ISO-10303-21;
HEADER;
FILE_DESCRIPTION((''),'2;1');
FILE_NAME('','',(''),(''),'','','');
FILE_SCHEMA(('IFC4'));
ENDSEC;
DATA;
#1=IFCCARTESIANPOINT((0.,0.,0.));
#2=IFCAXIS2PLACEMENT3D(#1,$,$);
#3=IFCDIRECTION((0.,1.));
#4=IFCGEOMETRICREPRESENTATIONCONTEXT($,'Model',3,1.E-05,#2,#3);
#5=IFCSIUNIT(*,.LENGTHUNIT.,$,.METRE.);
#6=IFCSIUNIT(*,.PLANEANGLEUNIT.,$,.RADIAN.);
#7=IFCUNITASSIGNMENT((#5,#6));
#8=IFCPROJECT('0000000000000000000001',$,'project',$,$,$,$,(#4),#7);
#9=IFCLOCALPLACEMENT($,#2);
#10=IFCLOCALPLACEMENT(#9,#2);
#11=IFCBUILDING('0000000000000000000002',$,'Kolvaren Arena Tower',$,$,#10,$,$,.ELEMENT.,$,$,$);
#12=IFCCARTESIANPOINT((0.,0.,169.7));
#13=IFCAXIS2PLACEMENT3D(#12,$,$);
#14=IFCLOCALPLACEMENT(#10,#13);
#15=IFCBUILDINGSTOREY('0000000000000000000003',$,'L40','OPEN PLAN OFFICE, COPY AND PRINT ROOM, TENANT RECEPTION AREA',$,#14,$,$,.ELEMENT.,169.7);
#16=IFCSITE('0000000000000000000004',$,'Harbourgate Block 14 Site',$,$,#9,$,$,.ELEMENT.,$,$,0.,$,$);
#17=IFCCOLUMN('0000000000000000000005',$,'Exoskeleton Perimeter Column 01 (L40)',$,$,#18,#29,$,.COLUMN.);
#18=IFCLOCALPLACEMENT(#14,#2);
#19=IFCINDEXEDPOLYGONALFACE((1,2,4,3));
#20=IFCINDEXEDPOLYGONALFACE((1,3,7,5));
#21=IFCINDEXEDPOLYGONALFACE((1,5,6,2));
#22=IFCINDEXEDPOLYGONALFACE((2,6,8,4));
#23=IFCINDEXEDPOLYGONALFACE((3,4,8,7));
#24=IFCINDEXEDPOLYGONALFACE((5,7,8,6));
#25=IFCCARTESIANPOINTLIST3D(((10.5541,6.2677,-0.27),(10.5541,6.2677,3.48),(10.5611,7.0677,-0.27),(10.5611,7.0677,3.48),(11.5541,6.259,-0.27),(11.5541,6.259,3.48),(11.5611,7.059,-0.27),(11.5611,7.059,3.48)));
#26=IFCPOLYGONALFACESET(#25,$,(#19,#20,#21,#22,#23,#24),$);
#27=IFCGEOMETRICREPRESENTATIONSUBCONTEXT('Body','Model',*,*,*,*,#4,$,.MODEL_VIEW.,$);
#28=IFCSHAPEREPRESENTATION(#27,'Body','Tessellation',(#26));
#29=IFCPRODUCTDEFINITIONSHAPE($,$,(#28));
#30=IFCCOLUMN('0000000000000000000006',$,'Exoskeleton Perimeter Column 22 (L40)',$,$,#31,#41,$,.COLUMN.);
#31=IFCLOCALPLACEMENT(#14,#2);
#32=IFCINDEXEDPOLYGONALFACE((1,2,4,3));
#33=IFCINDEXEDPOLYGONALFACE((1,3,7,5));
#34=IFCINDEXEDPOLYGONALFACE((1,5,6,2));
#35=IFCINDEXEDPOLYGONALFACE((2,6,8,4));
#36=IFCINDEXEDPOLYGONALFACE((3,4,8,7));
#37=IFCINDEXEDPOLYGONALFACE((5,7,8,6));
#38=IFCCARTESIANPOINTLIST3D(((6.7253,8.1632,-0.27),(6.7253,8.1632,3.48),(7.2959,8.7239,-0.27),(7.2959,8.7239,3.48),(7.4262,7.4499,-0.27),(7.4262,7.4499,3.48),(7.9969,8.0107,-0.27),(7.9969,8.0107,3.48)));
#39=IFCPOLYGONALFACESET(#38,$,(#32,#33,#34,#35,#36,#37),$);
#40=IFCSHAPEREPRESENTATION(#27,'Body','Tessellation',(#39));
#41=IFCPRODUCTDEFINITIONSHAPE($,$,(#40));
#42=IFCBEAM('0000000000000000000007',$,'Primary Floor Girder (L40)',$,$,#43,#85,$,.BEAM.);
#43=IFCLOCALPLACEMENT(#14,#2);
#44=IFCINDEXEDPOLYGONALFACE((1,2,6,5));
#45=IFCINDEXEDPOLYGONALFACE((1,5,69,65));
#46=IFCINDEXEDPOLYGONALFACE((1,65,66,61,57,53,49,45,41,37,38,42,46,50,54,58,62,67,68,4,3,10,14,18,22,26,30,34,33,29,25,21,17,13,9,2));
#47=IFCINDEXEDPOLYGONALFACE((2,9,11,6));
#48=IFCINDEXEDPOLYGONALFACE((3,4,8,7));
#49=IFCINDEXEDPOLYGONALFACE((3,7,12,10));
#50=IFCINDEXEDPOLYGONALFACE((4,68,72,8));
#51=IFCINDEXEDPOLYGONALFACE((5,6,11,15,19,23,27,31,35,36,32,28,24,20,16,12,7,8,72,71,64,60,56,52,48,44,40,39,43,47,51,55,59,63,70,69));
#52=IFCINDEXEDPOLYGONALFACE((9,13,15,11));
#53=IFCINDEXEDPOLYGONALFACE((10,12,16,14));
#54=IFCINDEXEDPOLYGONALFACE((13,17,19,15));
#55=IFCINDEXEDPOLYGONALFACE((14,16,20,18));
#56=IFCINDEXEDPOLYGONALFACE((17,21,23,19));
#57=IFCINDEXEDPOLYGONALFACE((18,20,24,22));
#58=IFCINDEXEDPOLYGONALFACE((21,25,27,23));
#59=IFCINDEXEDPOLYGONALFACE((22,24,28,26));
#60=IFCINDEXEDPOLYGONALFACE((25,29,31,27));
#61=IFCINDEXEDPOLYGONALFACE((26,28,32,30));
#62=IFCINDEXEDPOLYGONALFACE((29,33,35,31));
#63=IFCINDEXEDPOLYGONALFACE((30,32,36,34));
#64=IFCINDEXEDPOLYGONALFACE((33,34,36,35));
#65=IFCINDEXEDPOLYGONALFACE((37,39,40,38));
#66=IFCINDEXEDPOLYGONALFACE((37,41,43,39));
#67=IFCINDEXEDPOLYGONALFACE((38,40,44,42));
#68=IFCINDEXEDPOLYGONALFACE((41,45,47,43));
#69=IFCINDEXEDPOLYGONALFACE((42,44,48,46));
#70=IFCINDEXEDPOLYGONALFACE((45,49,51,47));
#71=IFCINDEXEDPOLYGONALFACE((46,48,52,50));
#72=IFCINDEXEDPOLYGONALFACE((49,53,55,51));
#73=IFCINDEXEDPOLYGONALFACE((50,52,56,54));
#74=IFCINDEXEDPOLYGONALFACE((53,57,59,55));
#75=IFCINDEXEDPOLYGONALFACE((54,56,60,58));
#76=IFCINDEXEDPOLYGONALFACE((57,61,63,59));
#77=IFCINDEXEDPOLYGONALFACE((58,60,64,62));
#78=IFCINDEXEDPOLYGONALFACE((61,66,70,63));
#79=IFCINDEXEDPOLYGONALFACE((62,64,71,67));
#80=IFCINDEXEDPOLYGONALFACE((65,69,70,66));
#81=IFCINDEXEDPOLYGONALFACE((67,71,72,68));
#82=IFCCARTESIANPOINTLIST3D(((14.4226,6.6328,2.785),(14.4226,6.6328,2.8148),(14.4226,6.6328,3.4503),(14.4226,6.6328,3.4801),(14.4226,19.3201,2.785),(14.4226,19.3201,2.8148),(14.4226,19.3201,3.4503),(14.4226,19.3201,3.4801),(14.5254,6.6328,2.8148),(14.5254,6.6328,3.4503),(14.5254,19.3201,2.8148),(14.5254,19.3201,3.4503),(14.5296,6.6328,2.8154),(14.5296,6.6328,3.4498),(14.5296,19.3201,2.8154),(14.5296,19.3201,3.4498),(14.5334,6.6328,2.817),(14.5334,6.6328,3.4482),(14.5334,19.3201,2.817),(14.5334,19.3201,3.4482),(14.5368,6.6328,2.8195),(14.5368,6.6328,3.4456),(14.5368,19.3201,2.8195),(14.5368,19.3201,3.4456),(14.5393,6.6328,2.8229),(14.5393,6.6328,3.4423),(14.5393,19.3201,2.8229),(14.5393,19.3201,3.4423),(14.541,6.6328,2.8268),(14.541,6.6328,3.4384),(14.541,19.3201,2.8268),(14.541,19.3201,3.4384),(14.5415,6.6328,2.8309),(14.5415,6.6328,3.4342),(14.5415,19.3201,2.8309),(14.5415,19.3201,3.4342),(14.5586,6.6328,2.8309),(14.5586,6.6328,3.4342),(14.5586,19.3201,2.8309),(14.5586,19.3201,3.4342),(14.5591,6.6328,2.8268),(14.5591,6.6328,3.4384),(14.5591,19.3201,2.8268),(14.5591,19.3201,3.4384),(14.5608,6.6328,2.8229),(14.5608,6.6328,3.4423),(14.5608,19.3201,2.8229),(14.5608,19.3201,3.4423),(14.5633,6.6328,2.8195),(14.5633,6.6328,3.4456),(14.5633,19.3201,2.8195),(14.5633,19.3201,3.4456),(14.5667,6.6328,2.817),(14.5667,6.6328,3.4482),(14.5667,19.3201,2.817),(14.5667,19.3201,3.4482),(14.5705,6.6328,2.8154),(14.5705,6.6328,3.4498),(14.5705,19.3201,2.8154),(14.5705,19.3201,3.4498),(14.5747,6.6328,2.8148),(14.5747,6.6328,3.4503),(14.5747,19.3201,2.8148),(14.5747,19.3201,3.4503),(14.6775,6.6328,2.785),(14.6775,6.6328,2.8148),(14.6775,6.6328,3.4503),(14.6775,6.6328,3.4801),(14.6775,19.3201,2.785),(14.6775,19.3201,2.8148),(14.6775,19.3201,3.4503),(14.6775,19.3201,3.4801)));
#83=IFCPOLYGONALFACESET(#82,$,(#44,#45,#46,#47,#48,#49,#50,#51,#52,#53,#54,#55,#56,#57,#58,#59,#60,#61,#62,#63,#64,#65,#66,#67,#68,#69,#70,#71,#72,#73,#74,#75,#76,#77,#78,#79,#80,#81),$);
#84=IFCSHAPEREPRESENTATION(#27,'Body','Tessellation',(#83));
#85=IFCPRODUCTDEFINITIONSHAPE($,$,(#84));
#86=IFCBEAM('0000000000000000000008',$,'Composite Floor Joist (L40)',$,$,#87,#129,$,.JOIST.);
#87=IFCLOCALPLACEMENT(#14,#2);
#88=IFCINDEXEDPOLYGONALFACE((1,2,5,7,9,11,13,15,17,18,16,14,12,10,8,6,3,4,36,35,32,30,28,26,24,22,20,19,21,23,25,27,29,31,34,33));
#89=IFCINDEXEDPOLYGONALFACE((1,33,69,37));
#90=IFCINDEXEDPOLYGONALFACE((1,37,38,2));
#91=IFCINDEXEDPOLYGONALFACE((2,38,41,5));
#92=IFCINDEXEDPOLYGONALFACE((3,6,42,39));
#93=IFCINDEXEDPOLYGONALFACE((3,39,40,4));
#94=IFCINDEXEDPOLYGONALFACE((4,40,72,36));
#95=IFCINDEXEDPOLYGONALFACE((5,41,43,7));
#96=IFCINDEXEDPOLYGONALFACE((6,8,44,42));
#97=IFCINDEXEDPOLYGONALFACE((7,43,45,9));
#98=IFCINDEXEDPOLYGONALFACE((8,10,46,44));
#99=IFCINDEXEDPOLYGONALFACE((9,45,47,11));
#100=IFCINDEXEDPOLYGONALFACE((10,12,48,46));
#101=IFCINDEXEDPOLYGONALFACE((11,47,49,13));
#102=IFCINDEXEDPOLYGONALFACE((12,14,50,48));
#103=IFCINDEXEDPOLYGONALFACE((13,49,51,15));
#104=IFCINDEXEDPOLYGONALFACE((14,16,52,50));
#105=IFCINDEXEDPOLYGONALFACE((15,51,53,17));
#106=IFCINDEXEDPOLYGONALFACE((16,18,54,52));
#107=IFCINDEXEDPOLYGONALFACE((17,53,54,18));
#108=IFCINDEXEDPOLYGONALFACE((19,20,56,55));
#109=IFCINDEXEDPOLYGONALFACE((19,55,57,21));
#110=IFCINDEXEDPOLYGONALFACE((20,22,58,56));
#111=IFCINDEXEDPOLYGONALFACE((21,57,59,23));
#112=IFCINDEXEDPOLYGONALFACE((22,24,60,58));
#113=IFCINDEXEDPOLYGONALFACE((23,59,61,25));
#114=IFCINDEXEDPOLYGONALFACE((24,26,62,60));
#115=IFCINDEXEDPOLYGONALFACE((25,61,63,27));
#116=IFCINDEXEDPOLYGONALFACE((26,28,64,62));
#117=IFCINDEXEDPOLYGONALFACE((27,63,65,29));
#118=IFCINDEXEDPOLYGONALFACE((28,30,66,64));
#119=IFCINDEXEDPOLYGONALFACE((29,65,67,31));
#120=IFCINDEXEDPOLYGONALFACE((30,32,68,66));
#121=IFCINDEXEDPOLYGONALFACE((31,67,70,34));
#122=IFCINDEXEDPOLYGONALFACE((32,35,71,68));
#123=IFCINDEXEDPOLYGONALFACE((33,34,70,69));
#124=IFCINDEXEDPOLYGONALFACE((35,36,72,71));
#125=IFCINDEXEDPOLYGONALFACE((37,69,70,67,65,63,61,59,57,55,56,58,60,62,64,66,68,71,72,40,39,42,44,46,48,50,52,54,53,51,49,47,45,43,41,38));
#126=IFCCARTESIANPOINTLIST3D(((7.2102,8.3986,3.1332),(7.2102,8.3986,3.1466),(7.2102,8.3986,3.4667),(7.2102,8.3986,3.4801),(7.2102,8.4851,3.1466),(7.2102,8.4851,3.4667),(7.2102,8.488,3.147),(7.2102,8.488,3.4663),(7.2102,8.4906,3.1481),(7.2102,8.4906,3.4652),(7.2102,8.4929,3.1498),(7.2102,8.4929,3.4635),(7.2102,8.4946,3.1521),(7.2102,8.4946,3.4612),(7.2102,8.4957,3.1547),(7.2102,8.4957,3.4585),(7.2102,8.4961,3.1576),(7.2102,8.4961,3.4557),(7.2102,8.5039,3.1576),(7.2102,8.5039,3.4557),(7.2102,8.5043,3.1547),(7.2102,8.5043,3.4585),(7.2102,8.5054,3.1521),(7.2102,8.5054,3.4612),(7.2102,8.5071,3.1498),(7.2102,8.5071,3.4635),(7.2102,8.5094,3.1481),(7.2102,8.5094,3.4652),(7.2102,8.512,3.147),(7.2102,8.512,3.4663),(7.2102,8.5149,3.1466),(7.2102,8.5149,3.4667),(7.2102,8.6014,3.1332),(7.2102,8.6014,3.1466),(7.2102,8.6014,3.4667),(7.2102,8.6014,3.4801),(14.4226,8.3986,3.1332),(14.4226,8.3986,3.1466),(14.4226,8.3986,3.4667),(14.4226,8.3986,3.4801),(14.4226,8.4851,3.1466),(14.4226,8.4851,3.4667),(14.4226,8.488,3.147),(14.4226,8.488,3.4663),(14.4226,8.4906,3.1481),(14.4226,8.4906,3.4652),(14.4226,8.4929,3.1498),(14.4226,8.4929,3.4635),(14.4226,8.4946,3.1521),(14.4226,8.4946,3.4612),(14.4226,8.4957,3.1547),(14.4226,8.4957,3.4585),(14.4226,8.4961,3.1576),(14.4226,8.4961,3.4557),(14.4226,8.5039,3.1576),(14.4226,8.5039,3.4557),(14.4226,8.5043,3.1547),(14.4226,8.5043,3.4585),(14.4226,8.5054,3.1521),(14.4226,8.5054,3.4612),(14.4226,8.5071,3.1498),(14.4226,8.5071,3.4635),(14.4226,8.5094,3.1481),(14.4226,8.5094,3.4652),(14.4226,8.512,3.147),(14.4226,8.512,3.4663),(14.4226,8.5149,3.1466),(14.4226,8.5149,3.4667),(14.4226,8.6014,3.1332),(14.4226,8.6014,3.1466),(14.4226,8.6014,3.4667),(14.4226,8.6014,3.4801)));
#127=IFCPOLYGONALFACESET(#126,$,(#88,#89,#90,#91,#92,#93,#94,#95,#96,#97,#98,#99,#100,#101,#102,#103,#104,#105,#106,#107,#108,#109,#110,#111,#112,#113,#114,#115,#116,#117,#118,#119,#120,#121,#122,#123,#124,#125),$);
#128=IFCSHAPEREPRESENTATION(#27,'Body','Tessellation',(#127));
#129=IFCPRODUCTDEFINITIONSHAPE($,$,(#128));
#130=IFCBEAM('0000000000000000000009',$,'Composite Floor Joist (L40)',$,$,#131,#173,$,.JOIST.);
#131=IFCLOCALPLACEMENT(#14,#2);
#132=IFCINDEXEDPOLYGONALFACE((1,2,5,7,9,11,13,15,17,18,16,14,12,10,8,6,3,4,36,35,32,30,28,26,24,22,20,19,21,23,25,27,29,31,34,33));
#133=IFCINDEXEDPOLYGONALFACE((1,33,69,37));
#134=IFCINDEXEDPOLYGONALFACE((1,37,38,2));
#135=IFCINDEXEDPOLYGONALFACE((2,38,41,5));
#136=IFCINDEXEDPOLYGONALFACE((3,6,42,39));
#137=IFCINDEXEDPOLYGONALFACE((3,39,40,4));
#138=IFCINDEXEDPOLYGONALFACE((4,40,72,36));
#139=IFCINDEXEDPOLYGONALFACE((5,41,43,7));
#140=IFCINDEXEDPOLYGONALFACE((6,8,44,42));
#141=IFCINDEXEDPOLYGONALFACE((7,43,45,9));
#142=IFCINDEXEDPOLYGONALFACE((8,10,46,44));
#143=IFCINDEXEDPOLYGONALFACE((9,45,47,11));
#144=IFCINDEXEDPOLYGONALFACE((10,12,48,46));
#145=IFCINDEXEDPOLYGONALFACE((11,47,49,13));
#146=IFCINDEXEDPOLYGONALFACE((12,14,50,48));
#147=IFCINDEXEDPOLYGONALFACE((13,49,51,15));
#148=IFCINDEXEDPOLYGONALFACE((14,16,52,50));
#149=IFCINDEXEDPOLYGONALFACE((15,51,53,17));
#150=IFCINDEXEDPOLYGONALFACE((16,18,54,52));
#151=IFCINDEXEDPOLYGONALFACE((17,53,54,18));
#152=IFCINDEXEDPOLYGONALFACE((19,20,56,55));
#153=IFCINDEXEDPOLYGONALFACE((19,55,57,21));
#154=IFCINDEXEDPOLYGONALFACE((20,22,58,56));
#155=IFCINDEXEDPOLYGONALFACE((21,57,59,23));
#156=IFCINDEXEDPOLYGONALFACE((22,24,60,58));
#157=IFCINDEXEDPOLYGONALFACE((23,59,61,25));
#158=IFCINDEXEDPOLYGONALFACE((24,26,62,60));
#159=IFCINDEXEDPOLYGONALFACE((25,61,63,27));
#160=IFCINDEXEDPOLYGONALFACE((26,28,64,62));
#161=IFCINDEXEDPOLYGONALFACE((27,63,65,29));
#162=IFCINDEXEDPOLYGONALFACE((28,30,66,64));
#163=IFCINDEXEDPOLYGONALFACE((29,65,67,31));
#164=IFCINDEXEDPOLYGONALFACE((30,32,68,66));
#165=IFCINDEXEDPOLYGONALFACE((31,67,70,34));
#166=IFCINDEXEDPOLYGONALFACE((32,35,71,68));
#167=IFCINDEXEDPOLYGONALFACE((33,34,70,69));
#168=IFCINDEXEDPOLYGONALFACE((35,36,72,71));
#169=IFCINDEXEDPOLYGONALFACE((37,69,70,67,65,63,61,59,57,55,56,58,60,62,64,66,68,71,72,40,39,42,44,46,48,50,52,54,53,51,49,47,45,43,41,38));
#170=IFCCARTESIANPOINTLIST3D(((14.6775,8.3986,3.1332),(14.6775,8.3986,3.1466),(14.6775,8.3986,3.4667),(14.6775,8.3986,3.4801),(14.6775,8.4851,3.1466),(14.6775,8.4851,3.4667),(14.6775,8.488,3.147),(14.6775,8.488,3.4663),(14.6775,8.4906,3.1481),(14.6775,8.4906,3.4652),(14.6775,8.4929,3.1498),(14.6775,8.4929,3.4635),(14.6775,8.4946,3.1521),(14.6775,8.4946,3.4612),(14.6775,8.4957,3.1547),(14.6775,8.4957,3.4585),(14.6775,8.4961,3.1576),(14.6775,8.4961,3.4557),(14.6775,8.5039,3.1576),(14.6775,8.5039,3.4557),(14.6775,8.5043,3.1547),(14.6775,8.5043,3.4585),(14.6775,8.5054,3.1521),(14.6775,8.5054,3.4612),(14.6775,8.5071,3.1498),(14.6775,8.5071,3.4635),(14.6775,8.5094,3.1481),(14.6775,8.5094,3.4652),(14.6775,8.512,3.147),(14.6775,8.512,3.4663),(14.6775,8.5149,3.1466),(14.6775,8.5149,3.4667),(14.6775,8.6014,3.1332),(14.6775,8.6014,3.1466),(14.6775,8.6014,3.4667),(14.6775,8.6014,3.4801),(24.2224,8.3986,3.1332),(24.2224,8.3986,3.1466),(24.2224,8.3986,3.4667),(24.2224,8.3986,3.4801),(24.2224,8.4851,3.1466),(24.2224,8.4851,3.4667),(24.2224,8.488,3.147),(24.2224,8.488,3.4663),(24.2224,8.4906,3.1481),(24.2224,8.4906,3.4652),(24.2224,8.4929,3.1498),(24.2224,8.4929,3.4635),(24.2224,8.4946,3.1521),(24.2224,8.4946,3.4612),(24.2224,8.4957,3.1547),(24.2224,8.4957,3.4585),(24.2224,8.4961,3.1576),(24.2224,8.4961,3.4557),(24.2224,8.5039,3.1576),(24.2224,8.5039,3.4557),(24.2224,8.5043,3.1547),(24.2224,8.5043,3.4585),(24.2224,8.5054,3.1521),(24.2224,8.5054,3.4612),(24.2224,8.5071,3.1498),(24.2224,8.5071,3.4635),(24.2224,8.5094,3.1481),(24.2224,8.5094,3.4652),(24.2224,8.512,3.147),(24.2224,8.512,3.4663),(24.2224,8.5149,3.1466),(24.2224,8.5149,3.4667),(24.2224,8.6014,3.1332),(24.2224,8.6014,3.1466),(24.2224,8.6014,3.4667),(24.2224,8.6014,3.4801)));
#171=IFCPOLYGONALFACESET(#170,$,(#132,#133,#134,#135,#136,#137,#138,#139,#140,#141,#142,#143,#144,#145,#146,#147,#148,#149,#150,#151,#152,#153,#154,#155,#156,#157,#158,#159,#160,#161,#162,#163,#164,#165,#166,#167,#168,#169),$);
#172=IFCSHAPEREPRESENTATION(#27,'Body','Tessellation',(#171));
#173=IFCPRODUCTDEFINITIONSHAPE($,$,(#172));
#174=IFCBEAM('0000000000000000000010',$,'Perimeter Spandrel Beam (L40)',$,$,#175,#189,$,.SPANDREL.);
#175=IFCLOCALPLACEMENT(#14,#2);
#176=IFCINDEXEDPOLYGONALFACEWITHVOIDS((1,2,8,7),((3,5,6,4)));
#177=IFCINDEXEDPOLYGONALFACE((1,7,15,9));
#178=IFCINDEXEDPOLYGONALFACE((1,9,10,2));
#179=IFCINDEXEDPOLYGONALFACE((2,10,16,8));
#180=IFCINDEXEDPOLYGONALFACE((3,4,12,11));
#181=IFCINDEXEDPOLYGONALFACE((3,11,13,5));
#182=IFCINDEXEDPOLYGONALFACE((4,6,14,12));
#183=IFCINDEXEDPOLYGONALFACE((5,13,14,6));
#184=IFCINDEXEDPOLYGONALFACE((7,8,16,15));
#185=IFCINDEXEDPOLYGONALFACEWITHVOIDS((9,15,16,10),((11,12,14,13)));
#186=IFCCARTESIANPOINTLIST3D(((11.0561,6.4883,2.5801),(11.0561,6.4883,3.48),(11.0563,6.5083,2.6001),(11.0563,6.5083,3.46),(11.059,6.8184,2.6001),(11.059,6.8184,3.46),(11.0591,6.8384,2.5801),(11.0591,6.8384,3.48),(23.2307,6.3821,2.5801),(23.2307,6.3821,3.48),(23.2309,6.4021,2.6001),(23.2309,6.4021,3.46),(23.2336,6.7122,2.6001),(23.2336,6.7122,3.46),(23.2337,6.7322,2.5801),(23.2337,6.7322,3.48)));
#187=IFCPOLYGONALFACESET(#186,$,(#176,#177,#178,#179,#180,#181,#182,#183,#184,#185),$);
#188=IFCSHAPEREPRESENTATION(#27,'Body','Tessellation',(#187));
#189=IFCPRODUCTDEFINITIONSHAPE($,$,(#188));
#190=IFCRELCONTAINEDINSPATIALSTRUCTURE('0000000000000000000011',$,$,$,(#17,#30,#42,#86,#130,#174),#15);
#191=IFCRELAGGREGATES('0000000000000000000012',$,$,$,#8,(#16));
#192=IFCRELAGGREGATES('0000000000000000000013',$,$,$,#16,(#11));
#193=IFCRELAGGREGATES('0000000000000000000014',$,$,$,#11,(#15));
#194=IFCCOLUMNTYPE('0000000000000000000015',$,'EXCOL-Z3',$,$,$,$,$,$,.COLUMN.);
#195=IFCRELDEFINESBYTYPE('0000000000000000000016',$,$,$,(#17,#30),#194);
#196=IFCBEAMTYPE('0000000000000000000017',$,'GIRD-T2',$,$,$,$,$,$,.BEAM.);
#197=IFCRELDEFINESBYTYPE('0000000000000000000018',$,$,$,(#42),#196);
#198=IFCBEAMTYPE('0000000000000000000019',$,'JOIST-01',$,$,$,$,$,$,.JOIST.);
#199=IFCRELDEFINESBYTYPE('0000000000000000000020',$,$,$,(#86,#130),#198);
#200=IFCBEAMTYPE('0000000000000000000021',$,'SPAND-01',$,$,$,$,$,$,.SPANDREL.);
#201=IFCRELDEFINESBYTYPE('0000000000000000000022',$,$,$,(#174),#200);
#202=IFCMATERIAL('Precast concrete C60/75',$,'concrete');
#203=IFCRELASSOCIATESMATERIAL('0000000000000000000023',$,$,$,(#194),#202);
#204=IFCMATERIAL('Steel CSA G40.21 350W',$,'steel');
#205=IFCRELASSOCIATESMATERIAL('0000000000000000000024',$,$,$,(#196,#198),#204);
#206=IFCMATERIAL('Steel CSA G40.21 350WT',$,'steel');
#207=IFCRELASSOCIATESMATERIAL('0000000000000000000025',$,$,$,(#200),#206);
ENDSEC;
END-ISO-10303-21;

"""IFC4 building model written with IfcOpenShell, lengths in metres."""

from ifc_helpers import new_model, si_unit, direction, frame, origin, origin_2d, place, context, subcontext, project, spatial, rectangle, hollow_rectangle, i_section, extrude, material, material_profile, profile_set, type_object, element, save


model = new_model("IFC4")

# Units and contexts
model_context = context("Model", 3, precision=1e-05, world=origin(), true_north=direction((0.0, 1.0)))
body_context = subcontext(model_context, "Body", "Model", "MODEL_VIEW")
ifc_project = project(units=[si_unit("LENGTHUNIT", "METRE"), si_unit("PLANEANGLEUNIT", "RADIAN")], contexts=[model_context])

# Site, building, storey
site_placement = place(None, origin())
site = spatial("IfcSite", under=ifc_project, at=site_placement, Name="Harbourgate Block 14 Site", CompositionType="ELEMENT", RefElevation=0.0)
building_placement = place(site_placement, origin())
building = spatial("IfcBuilding", under=site, at=building_placement, Name="Kolvaren Arena Tower", CompositionType="ELEMENT")
storey_placement = place(building_placement, frame((0.0, 0.0, 169.7)))
storey = spatial("IfcBuildingStorey", under=building, at=storey_placement, Name="L40", Description="OPEN PLAN OFFICE, COPY AND PRINT ROOM, TENANT RECEPTION AREA", CompositionType="ELEMENT", Elevation=169.7)

# Columns
ifc_material_1 = material(Name="Precast concrete C60/75", Category="concrete")
ifc_material_profile_1 = material_profile(ifc_material_1, rectangle(XDim=1.0, YDim=0.8, at=origin_2d()), Name="RC-1000x800")
ifc_profile_set_1 = profile_set([ifc_material_profile_1], Name="Precast concrete C60/75")
column_type = type_object("IfcColumnType", Name="EXCOL-Z3", PredefinedType="COLUMN", material=ifc_profile_set_1)
for number, where, z_axis, x_axis, name in (
    (1, (11.0576, 6.6633, -0.27), (0.0, 0.0, 1.0), (0.999962, -0.008727, 0.0), "Exoskeleton Perimeter Column 01 (L40)"),
    (2, (7.3611, 8.0869, -0.27), (0.0, 0.0, 1.0), (-0.700909, 0.71325, 0.0), "Exoskeleton Perimeter Column 22 (L40)"),
):
    element("IfcColumn", number, at=place(storey_placement, frame(where, z_axis=z_axis, x_axis=x_axis)), inside=storey, type_object=column_type, Name=name, PredefinedType="COLUMN", context=body_context, shape_type="SweptSolid", body=[
        extrude(rectangle(XDim=1.0, YDim=0.8, at=origin_2d()), origin(), (0.0, 0.0, 1.0), 3.75),
    ])

# Beams
ifc_material_2 = material(Name="Steel CSA G40.21 350W", Category="steel")
ifc_material_profile_2 = material_profile(ifc_material_2, i_section(OverallWidth=0.2549, OverallDepth=0.6951, WebThickness=0.0171, FlangeThickness=0.0298, FilletRadius=0.0161, at=origin_2d()), Name="W690x217")
ifc_profile_set_2 = profile_set([ifc_material_profile_2], Name="Steel CSA G40.21 350W")
beam_type_1 = type_object("IfcBeamType", Name="GIRD-T2", PredefinedType="BEAM", material=ifc_profile_set_2)
beam_1_placement = place(storey_placement, frame((14.55, 6.6328, 3.1326), z_axis=(0.0, 1.0, 0.0), x_axis=(-1.0, 0.0, 0.0)))
element("IfcBeam", 3, at=beam_1_placement, inside=storey, type_object=beam_type_1, Name="Primary Floor Girder (L40)", PredefinedType="BEAM", context=body_context, shape_type="SweptSolid", body=[
    extrude(i_section(OverallWidth=0.2549, OverallDepth=0.6951, WebThickness=0.0171, FlangeThickness=0.0298, FilletRadius=0.0161, at=origin_2d()), origin(), (0.0, 0.0, 1.0), 12.6873),
])
ifc_material_profile_3 = material_profile(ifc_material_2, i_section(OverallWidth=0.2029, OverallDepth=0.3469, WebThickness=0.0078, FlangeThickness=0.0134, FilletRadius=0.011, at=origin_2d()), Name="W360x64")
ifc_profile_set_3 = profile_set([ifc_material_profile_3], Name="Steel CSA G40.21 350W")
beam_type_2 = type_object("IfcBeamType", Name="JOIST-01", PredefinedType="JOIST", material=ifc_profile_set_3)
beam_2_placement = place(storey_placement, frame((7.2102, 8.5, 3.3066), z_axis=(1.0, 0.0, 0.0), x_axis=(0.0, 1.0, 0.0)))
element("IfcBeam", 4, at=beam_2_placement, inside=storey, type_object=beam_type_2, Name="Composite Floor Joist (L40)", PredefinedType="JOIST", context=body_context, shape_type="SweptSolid", body=[
    extrude(i_section(OverallWidth=0.2029, OverallDepth=0.3469, WebThickness=0.0078, FlangeThickness=0.0134, FilletRadius=0.011, at=origin_2d()), origin(), (0.0, 0.0, 1.0), 7.2124),
])
beam_3_placement = place(storey_placement, frame((14.6775, 8.5, 3.3066), z_axis=(1.0, 0.0, 0.0), x_axis=(0.0, 1.0, 0.0)))
element("IfcBeam", 5, at=beam_3_placement, inside=storey, type_object=beam_type_2, Name="Composite Floor Joist (L40)", PredefinedType="JOIST", context=body_context, shape_type="SweptSolid", body=[
    extrude(i_section(OverallWidth=0.2029, OverallDepth=0.3469, WebThickness=0.0078, FlangeThickness=0.0134, FilletRadius=0.011, at=origin_2d()), origin(), (0.0, 0.0, 1.0), 9.5449),
])
ifc_material_3 = material(Name="Steel CSA G40.21 350WT", Category="steel")
ifc_material_profile_4 = material_profile(ifc_material_3, hollow_rectangle(XDim=0.3501, YDim=0.8999, WallThickness=0.02, at=origin_2d()), Name="HSS 900x350x20")
ifc_profile_set_4 = profile_set([ifc_material_profile_4], Name="Steel CSA G40.21 350WT")
beam_type_3 = type_object("IfcBeamType", Name="SPAND-01", PredefinedType="SPANDREL", material=ifc_profile_set_4)
beam_4_placement = place(storey_placement, frame((11.0576, 6.6633, 3.03), z_axis=(0.999962, -0.008723, 0.0), x_axis=(0.008723, 0.999962, 0.0)))
element("IfcBeam", 6, at=beam_4_placement, inside=storey, type_object=beam_type_3, Name="Perimeter Spandrel Beam (L40)", PredefinedType="SPANDREL", context=body_context, shape_type="SweptSolid", body=[
    extrude(hollow_rectangle(XDim=0.3501, YDim=0.8999, WallThickness=0.02, at=origin_2d()), origin(), (0.0, 0.0, 1.0), 12.175),
])

save(model, "model.ifc")
